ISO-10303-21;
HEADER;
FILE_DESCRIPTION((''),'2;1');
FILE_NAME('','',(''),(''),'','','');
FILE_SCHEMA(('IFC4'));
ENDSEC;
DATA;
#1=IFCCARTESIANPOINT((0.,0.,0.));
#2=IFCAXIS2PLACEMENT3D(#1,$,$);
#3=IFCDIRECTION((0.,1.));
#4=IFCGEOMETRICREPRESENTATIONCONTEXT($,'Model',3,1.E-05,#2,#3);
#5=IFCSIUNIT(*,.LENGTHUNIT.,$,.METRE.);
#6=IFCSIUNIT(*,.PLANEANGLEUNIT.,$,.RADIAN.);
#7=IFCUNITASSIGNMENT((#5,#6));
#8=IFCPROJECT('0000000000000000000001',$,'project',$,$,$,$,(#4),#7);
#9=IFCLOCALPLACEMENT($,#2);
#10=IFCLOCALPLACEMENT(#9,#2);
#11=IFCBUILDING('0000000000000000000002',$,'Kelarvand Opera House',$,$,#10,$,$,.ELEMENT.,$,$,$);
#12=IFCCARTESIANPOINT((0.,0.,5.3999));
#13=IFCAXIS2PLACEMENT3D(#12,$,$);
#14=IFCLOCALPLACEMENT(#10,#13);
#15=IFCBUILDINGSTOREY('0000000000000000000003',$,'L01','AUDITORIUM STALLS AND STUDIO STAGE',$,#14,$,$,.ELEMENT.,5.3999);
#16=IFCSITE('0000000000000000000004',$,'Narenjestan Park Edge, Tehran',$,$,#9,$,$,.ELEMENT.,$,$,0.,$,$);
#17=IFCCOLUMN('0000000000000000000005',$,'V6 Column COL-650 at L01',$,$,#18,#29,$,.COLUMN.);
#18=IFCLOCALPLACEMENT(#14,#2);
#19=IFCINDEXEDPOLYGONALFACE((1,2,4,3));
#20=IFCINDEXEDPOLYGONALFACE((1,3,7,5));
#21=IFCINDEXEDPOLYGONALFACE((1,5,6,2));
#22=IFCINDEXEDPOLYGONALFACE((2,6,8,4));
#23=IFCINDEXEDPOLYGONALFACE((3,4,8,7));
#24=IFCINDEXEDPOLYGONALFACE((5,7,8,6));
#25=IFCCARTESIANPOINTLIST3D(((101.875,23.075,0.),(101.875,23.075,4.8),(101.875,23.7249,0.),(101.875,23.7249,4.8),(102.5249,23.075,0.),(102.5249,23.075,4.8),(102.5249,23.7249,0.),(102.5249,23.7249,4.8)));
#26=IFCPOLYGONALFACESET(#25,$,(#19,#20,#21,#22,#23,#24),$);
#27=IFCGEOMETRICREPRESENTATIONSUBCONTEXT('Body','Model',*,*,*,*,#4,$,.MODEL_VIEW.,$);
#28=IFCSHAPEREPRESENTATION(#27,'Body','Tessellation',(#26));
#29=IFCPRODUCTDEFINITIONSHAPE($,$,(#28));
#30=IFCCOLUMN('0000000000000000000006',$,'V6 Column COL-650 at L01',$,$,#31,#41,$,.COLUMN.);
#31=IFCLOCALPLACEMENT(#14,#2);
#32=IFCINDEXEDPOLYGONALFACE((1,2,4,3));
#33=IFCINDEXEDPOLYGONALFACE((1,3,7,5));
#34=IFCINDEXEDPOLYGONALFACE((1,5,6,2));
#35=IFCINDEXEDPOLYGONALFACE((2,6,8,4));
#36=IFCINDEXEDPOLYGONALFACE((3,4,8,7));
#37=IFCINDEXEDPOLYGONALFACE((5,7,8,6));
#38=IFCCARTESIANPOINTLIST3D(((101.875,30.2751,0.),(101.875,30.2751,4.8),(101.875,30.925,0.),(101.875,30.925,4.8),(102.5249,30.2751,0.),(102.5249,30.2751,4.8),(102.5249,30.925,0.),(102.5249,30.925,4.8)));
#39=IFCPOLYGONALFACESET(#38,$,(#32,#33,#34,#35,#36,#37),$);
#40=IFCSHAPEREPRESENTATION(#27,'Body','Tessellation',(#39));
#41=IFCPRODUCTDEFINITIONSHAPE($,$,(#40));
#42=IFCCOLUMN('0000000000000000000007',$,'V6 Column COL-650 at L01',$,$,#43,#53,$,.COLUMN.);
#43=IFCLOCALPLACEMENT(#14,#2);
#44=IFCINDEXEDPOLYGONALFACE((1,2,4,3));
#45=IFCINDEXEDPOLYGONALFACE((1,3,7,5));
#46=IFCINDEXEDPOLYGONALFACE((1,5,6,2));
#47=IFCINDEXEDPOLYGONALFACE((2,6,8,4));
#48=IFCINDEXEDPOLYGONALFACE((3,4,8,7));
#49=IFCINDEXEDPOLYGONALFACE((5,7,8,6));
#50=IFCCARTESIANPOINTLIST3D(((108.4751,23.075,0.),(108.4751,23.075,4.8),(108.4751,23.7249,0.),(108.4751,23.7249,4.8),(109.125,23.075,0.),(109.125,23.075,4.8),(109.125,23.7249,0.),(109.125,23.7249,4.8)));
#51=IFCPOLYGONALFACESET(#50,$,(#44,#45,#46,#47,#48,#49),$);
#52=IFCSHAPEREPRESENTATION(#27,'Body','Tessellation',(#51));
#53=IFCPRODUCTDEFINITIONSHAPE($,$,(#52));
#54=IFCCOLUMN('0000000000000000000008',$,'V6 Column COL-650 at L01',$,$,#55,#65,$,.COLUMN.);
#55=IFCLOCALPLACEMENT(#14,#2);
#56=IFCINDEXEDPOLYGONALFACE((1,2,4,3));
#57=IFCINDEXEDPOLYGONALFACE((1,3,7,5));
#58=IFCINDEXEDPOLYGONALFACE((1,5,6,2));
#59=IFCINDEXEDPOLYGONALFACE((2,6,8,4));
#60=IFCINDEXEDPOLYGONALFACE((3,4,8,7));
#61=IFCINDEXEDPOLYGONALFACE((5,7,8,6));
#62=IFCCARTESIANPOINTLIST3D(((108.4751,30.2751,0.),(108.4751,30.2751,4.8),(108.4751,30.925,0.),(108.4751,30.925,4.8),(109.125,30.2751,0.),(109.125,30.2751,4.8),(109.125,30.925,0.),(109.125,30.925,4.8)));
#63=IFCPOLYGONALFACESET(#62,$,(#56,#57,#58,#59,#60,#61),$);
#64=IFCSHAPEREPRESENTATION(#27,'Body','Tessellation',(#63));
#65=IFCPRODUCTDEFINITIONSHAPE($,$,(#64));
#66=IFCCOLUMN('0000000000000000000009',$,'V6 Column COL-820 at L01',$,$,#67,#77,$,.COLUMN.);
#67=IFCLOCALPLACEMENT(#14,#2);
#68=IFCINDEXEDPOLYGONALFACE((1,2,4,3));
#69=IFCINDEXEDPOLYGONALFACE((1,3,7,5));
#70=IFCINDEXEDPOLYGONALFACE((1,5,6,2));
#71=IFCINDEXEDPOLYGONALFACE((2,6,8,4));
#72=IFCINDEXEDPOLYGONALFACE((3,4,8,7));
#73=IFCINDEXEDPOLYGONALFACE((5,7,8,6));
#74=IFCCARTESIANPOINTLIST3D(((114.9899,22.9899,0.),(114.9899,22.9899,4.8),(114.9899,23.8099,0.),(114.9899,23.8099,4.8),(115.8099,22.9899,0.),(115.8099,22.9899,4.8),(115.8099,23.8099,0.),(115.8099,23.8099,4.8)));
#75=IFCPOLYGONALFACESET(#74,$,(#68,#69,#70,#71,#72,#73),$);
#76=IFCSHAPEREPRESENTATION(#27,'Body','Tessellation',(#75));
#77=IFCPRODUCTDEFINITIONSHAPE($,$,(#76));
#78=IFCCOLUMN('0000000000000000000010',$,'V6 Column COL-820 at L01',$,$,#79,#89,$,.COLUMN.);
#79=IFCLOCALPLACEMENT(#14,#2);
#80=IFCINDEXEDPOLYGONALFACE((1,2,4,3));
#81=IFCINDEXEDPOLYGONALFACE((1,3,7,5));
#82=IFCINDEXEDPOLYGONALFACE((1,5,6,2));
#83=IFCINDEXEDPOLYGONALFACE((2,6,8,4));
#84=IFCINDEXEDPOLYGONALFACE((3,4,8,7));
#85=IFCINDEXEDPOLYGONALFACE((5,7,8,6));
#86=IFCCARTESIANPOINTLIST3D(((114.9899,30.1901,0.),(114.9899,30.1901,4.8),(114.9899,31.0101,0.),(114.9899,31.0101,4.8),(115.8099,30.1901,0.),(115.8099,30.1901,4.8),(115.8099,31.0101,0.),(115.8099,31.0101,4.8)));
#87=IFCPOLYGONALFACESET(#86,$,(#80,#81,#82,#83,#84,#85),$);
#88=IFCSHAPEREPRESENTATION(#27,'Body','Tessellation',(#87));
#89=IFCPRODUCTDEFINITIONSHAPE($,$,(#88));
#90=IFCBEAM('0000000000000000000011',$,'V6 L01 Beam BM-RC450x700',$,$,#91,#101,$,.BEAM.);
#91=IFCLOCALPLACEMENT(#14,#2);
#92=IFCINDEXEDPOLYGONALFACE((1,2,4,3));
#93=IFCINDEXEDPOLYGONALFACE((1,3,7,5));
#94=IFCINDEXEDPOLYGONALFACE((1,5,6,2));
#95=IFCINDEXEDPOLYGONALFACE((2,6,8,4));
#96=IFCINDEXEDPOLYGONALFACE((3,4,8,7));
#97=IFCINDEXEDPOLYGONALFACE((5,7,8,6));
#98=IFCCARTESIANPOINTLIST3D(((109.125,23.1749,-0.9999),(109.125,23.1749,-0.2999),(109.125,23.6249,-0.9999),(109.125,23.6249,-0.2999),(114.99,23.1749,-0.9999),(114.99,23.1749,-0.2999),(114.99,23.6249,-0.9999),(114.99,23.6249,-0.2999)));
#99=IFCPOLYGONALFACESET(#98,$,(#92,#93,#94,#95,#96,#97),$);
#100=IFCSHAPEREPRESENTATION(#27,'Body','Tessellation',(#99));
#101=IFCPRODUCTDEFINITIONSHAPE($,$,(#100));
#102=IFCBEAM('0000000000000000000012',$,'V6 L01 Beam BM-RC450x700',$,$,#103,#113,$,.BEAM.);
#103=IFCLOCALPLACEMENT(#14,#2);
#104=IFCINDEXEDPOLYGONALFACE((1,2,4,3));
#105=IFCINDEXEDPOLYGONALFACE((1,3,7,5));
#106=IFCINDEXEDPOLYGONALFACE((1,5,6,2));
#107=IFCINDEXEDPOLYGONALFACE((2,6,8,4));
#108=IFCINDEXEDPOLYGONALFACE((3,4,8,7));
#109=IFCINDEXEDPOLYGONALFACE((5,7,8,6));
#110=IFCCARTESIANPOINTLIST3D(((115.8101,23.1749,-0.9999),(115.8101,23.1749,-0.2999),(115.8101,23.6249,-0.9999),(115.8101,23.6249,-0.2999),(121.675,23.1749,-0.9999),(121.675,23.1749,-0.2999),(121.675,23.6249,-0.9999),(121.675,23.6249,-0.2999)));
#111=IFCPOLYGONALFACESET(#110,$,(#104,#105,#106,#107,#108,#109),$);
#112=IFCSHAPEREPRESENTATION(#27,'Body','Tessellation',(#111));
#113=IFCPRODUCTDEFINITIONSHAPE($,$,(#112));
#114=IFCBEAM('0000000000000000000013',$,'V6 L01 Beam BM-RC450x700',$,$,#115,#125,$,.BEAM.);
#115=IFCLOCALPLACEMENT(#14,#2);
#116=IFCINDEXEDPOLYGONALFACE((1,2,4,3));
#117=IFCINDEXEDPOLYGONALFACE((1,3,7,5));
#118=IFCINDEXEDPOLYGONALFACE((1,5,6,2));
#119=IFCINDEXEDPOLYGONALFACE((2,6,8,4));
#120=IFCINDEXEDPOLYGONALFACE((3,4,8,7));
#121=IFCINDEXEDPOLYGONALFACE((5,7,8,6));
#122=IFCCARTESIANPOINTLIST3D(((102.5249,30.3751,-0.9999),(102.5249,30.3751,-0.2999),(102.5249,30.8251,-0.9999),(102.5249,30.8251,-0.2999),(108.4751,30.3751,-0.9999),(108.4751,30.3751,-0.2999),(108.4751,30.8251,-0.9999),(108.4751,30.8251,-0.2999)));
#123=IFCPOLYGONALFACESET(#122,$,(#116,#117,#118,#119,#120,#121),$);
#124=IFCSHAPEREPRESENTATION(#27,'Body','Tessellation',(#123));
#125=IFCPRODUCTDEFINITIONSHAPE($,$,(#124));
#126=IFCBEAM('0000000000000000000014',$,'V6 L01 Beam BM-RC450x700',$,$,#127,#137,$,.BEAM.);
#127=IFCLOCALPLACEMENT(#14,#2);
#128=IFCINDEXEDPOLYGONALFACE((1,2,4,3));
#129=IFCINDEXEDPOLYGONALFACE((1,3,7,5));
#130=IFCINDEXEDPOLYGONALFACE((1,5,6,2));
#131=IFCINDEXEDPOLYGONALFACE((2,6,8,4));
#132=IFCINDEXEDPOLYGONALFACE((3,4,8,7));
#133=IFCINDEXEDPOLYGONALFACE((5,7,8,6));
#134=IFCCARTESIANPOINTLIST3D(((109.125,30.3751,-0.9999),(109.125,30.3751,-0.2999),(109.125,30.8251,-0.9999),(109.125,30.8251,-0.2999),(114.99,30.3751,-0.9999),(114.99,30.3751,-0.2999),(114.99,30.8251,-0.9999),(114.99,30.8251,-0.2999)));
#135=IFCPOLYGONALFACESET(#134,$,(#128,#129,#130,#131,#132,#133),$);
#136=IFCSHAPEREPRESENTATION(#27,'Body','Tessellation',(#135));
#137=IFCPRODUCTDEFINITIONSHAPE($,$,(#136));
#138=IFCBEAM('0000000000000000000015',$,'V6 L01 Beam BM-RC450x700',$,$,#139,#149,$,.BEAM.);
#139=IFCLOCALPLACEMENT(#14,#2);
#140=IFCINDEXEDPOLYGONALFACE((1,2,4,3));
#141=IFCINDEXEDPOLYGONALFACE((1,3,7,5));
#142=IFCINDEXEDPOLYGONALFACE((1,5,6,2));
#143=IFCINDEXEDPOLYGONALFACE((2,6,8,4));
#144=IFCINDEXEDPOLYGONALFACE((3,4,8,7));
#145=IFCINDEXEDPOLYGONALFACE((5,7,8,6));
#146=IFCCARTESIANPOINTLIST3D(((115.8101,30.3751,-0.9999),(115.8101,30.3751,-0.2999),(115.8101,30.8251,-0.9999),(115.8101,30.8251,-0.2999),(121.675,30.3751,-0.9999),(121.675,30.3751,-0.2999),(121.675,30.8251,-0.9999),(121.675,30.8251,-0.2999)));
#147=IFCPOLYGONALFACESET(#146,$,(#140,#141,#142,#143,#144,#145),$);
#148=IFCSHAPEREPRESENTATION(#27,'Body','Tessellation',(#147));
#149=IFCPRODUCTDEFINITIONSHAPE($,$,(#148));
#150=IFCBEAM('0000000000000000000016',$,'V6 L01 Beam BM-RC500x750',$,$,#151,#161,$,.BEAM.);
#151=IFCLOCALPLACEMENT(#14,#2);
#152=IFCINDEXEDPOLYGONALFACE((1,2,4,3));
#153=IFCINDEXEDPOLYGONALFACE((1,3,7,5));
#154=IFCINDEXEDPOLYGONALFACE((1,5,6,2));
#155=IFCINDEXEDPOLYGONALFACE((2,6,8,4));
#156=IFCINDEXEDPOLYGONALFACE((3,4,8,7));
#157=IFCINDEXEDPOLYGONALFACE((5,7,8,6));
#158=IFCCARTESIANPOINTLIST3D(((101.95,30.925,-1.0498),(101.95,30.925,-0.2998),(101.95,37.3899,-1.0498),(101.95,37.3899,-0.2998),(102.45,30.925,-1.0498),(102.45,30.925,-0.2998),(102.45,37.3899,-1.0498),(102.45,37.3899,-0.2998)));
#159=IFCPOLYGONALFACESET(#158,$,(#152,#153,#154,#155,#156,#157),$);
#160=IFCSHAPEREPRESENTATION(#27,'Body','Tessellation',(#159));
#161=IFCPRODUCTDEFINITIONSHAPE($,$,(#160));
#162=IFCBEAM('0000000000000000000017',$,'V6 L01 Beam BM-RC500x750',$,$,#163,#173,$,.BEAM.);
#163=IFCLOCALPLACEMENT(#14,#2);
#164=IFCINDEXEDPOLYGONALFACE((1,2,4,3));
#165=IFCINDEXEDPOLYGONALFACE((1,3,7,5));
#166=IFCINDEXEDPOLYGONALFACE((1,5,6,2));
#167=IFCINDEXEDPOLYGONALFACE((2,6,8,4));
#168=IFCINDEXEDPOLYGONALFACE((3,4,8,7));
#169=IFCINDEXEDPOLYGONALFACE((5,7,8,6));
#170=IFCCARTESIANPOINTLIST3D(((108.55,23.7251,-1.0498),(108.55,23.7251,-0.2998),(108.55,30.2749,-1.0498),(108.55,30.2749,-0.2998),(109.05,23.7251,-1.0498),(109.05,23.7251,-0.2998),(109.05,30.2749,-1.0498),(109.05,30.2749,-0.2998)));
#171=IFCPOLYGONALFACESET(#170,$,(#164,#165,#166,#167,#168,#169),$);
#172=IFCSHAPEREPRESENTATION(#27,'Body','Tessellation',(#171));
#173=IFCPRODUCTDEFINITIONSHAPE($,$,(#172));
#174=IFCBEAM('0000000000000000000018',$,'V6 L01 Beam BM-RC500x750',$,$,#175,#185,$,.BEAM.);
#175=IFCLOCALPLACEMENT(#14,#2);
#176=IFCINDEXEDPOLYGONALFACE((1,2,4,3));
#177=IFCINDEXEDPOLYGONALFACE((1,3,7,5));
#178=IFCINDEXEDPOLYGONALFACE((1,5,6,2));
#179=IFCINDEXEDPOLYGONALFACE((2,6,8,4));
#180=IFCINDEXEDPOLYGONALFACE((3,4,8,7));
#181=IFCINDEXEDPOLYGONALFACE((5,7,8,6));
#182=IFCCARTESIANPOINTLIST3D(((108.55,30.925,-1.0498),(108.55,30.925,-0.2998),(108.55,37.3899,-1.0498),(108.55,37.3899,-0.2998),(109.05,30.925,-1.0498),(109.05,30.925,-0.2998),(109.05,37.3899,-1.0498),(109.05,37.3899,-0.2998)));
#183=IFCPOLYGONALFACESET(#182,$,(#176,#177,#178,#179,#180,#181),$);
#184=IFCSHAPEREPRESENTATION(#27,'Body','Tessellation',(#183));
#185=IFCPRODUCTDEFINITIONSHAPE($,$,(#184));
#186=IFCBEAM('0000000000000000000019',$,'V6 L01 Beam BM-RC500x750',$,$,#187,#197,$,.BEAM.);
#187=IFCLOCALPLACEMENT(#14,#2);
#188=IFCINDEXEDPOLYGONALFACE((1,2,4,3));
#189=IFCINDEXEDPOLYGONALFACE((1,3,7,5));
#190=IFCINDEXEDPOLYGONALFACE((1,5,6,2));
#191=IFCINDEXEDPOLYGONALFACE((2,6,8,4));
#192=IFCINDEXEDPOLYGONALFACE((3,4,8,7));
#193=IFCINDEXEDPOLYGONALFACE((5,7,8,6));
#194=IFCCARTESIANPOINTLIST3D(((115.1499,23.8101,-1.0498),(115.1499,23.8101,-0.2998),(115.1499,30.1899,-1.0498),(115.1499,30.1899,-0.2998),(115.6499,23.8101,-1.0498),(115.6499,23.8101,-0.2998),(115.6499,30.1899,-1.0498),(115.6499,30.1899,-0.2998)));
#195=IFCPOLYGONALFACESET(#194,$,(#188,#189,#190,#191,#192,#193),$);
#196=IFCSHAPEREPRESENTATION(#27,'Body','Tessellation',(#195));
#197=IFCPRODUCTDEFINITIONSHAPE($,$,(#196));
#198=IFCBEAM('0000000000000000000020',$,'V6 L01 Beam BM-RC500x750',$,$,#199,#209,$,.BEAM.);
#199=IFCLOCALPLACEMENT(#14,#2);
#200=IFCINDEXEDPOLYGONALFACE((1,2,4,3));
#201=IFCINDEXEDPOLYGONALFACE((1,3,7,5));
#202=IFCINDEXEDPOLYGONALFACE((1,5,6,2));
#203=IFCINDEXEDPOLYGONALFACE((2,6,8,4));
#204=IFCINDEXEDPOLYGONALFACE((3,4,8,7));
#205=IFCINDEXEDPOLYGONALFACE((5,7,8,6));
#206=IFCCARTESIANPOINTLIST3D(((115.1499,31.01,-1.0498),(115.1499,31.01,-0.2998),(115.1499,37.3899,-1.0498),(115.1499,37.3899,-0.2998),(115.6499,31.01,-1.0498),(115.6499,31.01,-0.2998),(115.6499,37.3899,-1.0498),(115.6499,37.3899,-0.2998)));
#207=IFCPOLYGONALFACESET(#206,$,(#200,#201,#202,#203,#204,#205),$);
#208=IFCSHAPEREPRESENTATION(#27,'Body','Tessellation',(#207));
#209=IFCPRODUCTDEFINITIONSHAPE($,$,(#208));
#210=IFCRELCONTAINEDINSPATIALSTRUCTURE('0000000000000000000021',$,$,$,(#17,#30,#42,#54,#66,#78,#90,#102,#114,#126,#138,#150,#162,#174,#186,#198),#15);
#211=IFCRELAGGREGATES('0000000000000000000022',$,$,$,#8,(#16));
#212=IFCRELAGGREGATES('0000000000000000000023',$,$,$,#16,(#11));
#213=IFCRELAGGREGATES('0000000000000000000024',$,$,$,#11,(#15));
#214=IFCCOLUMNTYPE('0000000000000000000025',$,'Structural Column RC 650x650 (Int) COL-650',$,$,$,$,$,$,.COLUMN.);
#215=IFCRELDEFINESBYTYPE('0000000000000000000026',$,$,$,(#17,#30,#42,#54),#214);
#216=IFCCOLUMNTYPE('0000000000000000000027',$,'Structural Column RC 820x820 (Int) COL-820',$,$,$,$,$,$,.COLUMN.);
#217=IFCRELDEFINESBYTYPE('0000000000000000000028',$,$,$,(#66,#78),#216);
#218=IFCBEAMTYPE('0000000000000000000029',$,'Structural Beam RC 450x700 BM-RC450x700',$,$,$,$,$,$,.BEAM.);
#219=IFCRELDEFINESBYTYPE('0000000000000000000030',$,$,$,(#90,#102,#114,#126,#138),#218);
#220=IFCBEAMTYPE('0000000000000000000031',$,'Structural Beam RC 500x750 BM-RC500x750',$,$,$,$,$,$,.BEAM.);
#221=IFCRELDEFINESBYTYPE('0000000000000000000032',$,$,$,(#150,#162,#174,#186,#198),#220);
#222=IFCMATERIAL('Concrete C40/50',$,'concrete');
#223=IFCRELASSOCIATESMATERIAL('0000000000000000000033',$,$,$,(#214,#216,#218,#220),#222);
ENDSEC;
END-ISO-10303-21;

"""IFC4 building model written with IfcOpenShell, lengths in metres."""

from ifc_helpers import new_model, si_unit, direction, frame, origin, origin_2d, place, context, subcontext, project, spatial, rectangle, extrude, material, material_profile, profile_set, type_object, element, save


model = new_model("IFC4")

# Units and contexts
model_context = context("Model", 3, precision=1e-05, world=origin(), true_north=direction((0.0, 1.0)))
body_context = subcontext(model_context, "Body", "Model", "MODEL_VIEW")
ifc_project = project(units=[si_unit("LENGTHUNIT", "METRE"), si_unit("PLANEANGLEUNIT", "RADIAN")], contexts=[model_context])

# Site, building, storey
site_placement = place(None, origin())
site = spatial("IfcSite", under=ifc_project, at=site_placement, Name="Narenjestan Park Edge, Tehran", CompositionType="ELEMENT", RefElevation=0.0)
building_placement = place(site_placement, origin())
building = spatial("IfcBuilding", under=site, at=building_placement, Name="Kelarvand Opera House", CompositionType="ELEMENT")
storey_placement = place(building_placement, frame((0.0, 0.0, 5.3999)))
storey = spatial("IfcBuildingStorey", under=building, at=storey_placement, Name="L01", Description="AUDITORIUM STALLS AND STUDIO STAGE", CompositionType="ELEMENT", Elevation=5.3999)

# Columns
ifc_material_1 = material(Name="Concrete C40/50", Category="concrete")
ifc_material_profile_1 = material_profile(ifc_material_1, rectangle(XDim=0.6499, YDim=0.6499, at=origin_2d()), Name="RC 650x650", Category="concrete")
ifc_profile_set_1 = profile_set([ifc_material_profile_1], Name="Concrete C40/50")
column_type_1 = type_object("IfcColumnType", Name="Structural Column RC 650x650 (Int) COL-650", PredefinedType="COLUMN", material=ifc_profile_set_1)
for number, where, z_axis, x_axis, name in (
    (1, (102.2, 23.3999, 0.0), (0.0, 0.0, 1.0), (1.0, 0.0, 0.0), "V6 Column COL-650 at L01"),
    (2, (102.2, 30.6001, 0.0), (0.0, 0.0, 1.0), (1.0, 0.0, 0.0), "V6 Column COL-650 at L01"),
    (3, (108.8, 23.3999, 0.0), (0.0, 0.0, 1.0), (1.0, 0.0, 0.0), "V6 Column COL-650 at L01"),
    (4, (108.8, 30.6001, 0.0), (0.0, 0.0, 1.0), (1.0, 0.0, 0.0), "V6 Column COL-650 at L01"),
):
    element("IfcColumn", number, at=place(storey_placement, frame(where, z_axis=z_axis, x_axis=x_axis)), inside=storey, type_object=column_type_1, Name=name, PredefinedType="COLUMN", context=body_context, shape_type="SweptSolid", body=[
        extrude(rectangle(XDim=0.6499, YDim=0.6499, at=origin_2d()), origin(), (0.0, 0.0, 1.0), 4.8),
    ])
ifc_material_profile_2 = material_profile(ifc_material_1, rectangle(XDim=0.8201, YDim=0.8201, at=origin_2d()), Name="RC 820x820", Category="concrete")
ifc_profile_set_2 = profile_set([ifc_material_profile_2], Name="Concrete C40/50")
column_type_2 = type_object("IfcColumnType", Name="Structural Column RC 820x820 (Int) COL-820", PredefinedType="COLUMN", material=ifc_profile_set_2)
for number, where, z_axis, x_axis, name in (
    (5, (115.3999, 23.3999, 0.0), (0.0, 0.0, 1.0), (1.0, 0.0, 0.0), "V6 Column COL-820 at L01"),
    (6, (115.3999, 30.6001, 0.0), (0.0, 0.0, 1.0), (1.0, 0.0, 0.0), "V6 Column COL-820 at L01"),
):
    element("IfcColumn", number, at=place(storey_placement, frame(where, z_axis=z_axis, x_axis=x_axis)), inside=storey, type_object=column_type_2, Name=name, PredefinedType="COLUMN", context=body_context, shape_type="SweptSolid", body=[
        extrude(rectangle(XDim=0.8201, YDim=0.8201, at=origin_2d()), origin(), (0.0, 0.0, 1.0), 4.8),
    ])

# Beams
ifc_material_profile_3 = material_profile(ifc_material_1, rectangle(XDim=0.45, YDim=0.7, at=origin_2d()), Name="RC 450x700", Category="concrete")
ifc_profile_set_3 = profile_set([ifc_material_profile_3], Name="Concrete C40/50")
beam_type_1 = type_object("IfcBeamType", Name="Structural Beam RC 450x700 BM-RC450x700", PredefinedType="BEAM", material=ifc_profile_set_3)
for number, where, z_axis, x_axis, name in (
    (7, (109.125, 23.3999, -0.6499), (1.0, 0.0, 0.0), (0.0, 1.0, 0.0), "V6 L01 Beam BM-RC450x700"),
    (8, (115.8101, 23.3999, -0.6499), (1.0, 0.0, 0.0), (0.0, 1.0, 0.0), "V6 L01 Beam BM-RC450x700"),
):
    element("IfcBeam", number, at=place(storey_placement, frame(where, z_axis=z_axis, x_axis=x_axis)), inside=storey, type_object=beam_type_1, Name=name, PredefinedType="BEAM", context=body_context, shape_type="SweptSolid", body=[
        extrude(rectangle(XDim=0.45, YDim=0.7, at=origin_2d()), origin(), (0.0, 0.0, 1.0), 5.865),
    ])
beam_1_placement = place(storey_placement, frame((102.5249, 30.6001, -0.6499), z_axis=(1.0, 0.0, 0.0), x_axis=(0.0, 1.0, 0.0)))
element("IfcBeam", 9, at=beam_1_placement, inside=storey, type_object=beam_type_1, Name="V6 L01 Beam BM-RC450x700", PredefinedType="BEAM", context=body_context, shape_type="SweptSolid", body=[
    extrude(rectangle(XDim=0.45, YDim=0.7, at=origin_2d()), origin(), (0.0, 0.0, 1.0), 5.9502),
])
for number, where, z_axis, x_axis, name in (
    (10, (109.125, 30.6001, -0.6499), (1.0, 0.0, 0.0), (0.0, 1.0, 0.0), "V6 L01 Beam BM-RC450x700"),
    (11, (115.8101, 30.6001, -0.6499), (1.0, 0.0, 0.0), (0.0, 1.0, 0.0), "V6 L01 Beam BM-RC450x700"),
):
    element("IfcBeam", number, at=place(storey_placement, frame(where, z_axis=z_axis, x_axis=x_axis)), inside=storey, type_object=beam_type_1, Name=name, PredefinedType="BEAM", context=body_context, shape_type="SweptSolid", body=[
        extrude(rectangle(XDim=0.45, YDim=0.7, at=origin_2d()), origin(), (0.0, 0.0, 1.0), 5.865),
    ])
ifc_material_profile_4 = material_profile(ifc_material_1, rectangle(XDim=0.5, YDim=0.75, at=origin_2d()), Name="RC 500x750", Category="concrete")
ifc_profile_set_4 = profile_set([ifc_material_profile_4], Name="Concrete C40/50")
beam_type_2 = type_object("IfcBeamType", Name="Structural Beam RC 500x750 BM-RC500x750", PredefinedType="BEAM", material=ifc_profile_set_4)
beam_2_placement = place(storey_placement, frame((102.2, 30.925, -0.6748), z_axis=(0.0, 1.0, 0.0), x_axis=(-1.0, 0.0, 0.0)))
element("IfcBeam", 12, at=beam_2_placement, inside=storey, type_object=beam_type_2, Name="V6 L01 Beam BM-RC500x750", PredefinedType="BEAM", context=body_context, shape_type="SweptSolid", body=[
    extrude(rectangle(XDim=0.5, YDim=0.75, at=origin_2d()), origin(), (0.0, 0.0, 1.0), 6.4648),
])
beam_3_placement = place(storey_placement, frame((108.8, 23.7251, -0.6748), z_axis=(0.0, 1.0, 0.0), x_axis=(-1.0, 0.0, 0.0)))
element("IfcBeam", 13, at=beam_3_placement, inside=storey, type_object=beam_type_2, Name="V6 L01 Beam BM-RC500x750", PredefinedType="BEAM", context=body_context, shape_type="SweptSolid", body=[
    extrude(rectangle(XDim=0.5, YDim=0.75, at=origin_2d()), origin(), (0.0, 0.0, 1.0), 6.5498),
])
beam_4_placement = place(storey_placement, frame((108.8, 30.925, -0.6748), z_axis=(0.0, 1.0, 0.0), x_axis=(-1.0, 0.0, 0.0)))
element("IfcBeam", 14, at=beam_4_placement, inside=storey, type_object=beam_type_2, Name="V6 L01 Beam BM-RC500x750", PredefinedType="BEAM", context=body_context, shape_type="SweptSolid", body=[
    extrude(rectangle(XDim=0.5, YDim=0.75, at=origin_2d()), origin(), (0.0, 0.0, 1.0), 6.4648),
])
for number, where, z_axis, x_axis, name in (
    (15, (115.3999, 23.8101, -0.6748), (0.0, 1.0, 0.0), (-1.0, 0.0, 0.0), "V6 L01 Beam BM-RC500x750"),
    (16, (115.3999, 31.01, -0.6748), (0.0, 1.0, 0.0), (-1.0, 0.0, 0.0), "V6 L01 Beam BM-RC500x750"),
):
    element("IfcBeam", number, at=place(storey_placement, frame(where, z_axis=z_axis, x_axis=x_axis)), inside=storey, type_object=beam_type_2, Name=name, PredefinedType="BEAM", context=body_context, shape_type="SweptSolid", body=[
        extrude(rectangle(XDim=0.5, YDim=0.75, at=origin_2d()), origin(), (0.0, 0.0, 1.0), 6.3799),
    ])

save(model, "model.ifc")
